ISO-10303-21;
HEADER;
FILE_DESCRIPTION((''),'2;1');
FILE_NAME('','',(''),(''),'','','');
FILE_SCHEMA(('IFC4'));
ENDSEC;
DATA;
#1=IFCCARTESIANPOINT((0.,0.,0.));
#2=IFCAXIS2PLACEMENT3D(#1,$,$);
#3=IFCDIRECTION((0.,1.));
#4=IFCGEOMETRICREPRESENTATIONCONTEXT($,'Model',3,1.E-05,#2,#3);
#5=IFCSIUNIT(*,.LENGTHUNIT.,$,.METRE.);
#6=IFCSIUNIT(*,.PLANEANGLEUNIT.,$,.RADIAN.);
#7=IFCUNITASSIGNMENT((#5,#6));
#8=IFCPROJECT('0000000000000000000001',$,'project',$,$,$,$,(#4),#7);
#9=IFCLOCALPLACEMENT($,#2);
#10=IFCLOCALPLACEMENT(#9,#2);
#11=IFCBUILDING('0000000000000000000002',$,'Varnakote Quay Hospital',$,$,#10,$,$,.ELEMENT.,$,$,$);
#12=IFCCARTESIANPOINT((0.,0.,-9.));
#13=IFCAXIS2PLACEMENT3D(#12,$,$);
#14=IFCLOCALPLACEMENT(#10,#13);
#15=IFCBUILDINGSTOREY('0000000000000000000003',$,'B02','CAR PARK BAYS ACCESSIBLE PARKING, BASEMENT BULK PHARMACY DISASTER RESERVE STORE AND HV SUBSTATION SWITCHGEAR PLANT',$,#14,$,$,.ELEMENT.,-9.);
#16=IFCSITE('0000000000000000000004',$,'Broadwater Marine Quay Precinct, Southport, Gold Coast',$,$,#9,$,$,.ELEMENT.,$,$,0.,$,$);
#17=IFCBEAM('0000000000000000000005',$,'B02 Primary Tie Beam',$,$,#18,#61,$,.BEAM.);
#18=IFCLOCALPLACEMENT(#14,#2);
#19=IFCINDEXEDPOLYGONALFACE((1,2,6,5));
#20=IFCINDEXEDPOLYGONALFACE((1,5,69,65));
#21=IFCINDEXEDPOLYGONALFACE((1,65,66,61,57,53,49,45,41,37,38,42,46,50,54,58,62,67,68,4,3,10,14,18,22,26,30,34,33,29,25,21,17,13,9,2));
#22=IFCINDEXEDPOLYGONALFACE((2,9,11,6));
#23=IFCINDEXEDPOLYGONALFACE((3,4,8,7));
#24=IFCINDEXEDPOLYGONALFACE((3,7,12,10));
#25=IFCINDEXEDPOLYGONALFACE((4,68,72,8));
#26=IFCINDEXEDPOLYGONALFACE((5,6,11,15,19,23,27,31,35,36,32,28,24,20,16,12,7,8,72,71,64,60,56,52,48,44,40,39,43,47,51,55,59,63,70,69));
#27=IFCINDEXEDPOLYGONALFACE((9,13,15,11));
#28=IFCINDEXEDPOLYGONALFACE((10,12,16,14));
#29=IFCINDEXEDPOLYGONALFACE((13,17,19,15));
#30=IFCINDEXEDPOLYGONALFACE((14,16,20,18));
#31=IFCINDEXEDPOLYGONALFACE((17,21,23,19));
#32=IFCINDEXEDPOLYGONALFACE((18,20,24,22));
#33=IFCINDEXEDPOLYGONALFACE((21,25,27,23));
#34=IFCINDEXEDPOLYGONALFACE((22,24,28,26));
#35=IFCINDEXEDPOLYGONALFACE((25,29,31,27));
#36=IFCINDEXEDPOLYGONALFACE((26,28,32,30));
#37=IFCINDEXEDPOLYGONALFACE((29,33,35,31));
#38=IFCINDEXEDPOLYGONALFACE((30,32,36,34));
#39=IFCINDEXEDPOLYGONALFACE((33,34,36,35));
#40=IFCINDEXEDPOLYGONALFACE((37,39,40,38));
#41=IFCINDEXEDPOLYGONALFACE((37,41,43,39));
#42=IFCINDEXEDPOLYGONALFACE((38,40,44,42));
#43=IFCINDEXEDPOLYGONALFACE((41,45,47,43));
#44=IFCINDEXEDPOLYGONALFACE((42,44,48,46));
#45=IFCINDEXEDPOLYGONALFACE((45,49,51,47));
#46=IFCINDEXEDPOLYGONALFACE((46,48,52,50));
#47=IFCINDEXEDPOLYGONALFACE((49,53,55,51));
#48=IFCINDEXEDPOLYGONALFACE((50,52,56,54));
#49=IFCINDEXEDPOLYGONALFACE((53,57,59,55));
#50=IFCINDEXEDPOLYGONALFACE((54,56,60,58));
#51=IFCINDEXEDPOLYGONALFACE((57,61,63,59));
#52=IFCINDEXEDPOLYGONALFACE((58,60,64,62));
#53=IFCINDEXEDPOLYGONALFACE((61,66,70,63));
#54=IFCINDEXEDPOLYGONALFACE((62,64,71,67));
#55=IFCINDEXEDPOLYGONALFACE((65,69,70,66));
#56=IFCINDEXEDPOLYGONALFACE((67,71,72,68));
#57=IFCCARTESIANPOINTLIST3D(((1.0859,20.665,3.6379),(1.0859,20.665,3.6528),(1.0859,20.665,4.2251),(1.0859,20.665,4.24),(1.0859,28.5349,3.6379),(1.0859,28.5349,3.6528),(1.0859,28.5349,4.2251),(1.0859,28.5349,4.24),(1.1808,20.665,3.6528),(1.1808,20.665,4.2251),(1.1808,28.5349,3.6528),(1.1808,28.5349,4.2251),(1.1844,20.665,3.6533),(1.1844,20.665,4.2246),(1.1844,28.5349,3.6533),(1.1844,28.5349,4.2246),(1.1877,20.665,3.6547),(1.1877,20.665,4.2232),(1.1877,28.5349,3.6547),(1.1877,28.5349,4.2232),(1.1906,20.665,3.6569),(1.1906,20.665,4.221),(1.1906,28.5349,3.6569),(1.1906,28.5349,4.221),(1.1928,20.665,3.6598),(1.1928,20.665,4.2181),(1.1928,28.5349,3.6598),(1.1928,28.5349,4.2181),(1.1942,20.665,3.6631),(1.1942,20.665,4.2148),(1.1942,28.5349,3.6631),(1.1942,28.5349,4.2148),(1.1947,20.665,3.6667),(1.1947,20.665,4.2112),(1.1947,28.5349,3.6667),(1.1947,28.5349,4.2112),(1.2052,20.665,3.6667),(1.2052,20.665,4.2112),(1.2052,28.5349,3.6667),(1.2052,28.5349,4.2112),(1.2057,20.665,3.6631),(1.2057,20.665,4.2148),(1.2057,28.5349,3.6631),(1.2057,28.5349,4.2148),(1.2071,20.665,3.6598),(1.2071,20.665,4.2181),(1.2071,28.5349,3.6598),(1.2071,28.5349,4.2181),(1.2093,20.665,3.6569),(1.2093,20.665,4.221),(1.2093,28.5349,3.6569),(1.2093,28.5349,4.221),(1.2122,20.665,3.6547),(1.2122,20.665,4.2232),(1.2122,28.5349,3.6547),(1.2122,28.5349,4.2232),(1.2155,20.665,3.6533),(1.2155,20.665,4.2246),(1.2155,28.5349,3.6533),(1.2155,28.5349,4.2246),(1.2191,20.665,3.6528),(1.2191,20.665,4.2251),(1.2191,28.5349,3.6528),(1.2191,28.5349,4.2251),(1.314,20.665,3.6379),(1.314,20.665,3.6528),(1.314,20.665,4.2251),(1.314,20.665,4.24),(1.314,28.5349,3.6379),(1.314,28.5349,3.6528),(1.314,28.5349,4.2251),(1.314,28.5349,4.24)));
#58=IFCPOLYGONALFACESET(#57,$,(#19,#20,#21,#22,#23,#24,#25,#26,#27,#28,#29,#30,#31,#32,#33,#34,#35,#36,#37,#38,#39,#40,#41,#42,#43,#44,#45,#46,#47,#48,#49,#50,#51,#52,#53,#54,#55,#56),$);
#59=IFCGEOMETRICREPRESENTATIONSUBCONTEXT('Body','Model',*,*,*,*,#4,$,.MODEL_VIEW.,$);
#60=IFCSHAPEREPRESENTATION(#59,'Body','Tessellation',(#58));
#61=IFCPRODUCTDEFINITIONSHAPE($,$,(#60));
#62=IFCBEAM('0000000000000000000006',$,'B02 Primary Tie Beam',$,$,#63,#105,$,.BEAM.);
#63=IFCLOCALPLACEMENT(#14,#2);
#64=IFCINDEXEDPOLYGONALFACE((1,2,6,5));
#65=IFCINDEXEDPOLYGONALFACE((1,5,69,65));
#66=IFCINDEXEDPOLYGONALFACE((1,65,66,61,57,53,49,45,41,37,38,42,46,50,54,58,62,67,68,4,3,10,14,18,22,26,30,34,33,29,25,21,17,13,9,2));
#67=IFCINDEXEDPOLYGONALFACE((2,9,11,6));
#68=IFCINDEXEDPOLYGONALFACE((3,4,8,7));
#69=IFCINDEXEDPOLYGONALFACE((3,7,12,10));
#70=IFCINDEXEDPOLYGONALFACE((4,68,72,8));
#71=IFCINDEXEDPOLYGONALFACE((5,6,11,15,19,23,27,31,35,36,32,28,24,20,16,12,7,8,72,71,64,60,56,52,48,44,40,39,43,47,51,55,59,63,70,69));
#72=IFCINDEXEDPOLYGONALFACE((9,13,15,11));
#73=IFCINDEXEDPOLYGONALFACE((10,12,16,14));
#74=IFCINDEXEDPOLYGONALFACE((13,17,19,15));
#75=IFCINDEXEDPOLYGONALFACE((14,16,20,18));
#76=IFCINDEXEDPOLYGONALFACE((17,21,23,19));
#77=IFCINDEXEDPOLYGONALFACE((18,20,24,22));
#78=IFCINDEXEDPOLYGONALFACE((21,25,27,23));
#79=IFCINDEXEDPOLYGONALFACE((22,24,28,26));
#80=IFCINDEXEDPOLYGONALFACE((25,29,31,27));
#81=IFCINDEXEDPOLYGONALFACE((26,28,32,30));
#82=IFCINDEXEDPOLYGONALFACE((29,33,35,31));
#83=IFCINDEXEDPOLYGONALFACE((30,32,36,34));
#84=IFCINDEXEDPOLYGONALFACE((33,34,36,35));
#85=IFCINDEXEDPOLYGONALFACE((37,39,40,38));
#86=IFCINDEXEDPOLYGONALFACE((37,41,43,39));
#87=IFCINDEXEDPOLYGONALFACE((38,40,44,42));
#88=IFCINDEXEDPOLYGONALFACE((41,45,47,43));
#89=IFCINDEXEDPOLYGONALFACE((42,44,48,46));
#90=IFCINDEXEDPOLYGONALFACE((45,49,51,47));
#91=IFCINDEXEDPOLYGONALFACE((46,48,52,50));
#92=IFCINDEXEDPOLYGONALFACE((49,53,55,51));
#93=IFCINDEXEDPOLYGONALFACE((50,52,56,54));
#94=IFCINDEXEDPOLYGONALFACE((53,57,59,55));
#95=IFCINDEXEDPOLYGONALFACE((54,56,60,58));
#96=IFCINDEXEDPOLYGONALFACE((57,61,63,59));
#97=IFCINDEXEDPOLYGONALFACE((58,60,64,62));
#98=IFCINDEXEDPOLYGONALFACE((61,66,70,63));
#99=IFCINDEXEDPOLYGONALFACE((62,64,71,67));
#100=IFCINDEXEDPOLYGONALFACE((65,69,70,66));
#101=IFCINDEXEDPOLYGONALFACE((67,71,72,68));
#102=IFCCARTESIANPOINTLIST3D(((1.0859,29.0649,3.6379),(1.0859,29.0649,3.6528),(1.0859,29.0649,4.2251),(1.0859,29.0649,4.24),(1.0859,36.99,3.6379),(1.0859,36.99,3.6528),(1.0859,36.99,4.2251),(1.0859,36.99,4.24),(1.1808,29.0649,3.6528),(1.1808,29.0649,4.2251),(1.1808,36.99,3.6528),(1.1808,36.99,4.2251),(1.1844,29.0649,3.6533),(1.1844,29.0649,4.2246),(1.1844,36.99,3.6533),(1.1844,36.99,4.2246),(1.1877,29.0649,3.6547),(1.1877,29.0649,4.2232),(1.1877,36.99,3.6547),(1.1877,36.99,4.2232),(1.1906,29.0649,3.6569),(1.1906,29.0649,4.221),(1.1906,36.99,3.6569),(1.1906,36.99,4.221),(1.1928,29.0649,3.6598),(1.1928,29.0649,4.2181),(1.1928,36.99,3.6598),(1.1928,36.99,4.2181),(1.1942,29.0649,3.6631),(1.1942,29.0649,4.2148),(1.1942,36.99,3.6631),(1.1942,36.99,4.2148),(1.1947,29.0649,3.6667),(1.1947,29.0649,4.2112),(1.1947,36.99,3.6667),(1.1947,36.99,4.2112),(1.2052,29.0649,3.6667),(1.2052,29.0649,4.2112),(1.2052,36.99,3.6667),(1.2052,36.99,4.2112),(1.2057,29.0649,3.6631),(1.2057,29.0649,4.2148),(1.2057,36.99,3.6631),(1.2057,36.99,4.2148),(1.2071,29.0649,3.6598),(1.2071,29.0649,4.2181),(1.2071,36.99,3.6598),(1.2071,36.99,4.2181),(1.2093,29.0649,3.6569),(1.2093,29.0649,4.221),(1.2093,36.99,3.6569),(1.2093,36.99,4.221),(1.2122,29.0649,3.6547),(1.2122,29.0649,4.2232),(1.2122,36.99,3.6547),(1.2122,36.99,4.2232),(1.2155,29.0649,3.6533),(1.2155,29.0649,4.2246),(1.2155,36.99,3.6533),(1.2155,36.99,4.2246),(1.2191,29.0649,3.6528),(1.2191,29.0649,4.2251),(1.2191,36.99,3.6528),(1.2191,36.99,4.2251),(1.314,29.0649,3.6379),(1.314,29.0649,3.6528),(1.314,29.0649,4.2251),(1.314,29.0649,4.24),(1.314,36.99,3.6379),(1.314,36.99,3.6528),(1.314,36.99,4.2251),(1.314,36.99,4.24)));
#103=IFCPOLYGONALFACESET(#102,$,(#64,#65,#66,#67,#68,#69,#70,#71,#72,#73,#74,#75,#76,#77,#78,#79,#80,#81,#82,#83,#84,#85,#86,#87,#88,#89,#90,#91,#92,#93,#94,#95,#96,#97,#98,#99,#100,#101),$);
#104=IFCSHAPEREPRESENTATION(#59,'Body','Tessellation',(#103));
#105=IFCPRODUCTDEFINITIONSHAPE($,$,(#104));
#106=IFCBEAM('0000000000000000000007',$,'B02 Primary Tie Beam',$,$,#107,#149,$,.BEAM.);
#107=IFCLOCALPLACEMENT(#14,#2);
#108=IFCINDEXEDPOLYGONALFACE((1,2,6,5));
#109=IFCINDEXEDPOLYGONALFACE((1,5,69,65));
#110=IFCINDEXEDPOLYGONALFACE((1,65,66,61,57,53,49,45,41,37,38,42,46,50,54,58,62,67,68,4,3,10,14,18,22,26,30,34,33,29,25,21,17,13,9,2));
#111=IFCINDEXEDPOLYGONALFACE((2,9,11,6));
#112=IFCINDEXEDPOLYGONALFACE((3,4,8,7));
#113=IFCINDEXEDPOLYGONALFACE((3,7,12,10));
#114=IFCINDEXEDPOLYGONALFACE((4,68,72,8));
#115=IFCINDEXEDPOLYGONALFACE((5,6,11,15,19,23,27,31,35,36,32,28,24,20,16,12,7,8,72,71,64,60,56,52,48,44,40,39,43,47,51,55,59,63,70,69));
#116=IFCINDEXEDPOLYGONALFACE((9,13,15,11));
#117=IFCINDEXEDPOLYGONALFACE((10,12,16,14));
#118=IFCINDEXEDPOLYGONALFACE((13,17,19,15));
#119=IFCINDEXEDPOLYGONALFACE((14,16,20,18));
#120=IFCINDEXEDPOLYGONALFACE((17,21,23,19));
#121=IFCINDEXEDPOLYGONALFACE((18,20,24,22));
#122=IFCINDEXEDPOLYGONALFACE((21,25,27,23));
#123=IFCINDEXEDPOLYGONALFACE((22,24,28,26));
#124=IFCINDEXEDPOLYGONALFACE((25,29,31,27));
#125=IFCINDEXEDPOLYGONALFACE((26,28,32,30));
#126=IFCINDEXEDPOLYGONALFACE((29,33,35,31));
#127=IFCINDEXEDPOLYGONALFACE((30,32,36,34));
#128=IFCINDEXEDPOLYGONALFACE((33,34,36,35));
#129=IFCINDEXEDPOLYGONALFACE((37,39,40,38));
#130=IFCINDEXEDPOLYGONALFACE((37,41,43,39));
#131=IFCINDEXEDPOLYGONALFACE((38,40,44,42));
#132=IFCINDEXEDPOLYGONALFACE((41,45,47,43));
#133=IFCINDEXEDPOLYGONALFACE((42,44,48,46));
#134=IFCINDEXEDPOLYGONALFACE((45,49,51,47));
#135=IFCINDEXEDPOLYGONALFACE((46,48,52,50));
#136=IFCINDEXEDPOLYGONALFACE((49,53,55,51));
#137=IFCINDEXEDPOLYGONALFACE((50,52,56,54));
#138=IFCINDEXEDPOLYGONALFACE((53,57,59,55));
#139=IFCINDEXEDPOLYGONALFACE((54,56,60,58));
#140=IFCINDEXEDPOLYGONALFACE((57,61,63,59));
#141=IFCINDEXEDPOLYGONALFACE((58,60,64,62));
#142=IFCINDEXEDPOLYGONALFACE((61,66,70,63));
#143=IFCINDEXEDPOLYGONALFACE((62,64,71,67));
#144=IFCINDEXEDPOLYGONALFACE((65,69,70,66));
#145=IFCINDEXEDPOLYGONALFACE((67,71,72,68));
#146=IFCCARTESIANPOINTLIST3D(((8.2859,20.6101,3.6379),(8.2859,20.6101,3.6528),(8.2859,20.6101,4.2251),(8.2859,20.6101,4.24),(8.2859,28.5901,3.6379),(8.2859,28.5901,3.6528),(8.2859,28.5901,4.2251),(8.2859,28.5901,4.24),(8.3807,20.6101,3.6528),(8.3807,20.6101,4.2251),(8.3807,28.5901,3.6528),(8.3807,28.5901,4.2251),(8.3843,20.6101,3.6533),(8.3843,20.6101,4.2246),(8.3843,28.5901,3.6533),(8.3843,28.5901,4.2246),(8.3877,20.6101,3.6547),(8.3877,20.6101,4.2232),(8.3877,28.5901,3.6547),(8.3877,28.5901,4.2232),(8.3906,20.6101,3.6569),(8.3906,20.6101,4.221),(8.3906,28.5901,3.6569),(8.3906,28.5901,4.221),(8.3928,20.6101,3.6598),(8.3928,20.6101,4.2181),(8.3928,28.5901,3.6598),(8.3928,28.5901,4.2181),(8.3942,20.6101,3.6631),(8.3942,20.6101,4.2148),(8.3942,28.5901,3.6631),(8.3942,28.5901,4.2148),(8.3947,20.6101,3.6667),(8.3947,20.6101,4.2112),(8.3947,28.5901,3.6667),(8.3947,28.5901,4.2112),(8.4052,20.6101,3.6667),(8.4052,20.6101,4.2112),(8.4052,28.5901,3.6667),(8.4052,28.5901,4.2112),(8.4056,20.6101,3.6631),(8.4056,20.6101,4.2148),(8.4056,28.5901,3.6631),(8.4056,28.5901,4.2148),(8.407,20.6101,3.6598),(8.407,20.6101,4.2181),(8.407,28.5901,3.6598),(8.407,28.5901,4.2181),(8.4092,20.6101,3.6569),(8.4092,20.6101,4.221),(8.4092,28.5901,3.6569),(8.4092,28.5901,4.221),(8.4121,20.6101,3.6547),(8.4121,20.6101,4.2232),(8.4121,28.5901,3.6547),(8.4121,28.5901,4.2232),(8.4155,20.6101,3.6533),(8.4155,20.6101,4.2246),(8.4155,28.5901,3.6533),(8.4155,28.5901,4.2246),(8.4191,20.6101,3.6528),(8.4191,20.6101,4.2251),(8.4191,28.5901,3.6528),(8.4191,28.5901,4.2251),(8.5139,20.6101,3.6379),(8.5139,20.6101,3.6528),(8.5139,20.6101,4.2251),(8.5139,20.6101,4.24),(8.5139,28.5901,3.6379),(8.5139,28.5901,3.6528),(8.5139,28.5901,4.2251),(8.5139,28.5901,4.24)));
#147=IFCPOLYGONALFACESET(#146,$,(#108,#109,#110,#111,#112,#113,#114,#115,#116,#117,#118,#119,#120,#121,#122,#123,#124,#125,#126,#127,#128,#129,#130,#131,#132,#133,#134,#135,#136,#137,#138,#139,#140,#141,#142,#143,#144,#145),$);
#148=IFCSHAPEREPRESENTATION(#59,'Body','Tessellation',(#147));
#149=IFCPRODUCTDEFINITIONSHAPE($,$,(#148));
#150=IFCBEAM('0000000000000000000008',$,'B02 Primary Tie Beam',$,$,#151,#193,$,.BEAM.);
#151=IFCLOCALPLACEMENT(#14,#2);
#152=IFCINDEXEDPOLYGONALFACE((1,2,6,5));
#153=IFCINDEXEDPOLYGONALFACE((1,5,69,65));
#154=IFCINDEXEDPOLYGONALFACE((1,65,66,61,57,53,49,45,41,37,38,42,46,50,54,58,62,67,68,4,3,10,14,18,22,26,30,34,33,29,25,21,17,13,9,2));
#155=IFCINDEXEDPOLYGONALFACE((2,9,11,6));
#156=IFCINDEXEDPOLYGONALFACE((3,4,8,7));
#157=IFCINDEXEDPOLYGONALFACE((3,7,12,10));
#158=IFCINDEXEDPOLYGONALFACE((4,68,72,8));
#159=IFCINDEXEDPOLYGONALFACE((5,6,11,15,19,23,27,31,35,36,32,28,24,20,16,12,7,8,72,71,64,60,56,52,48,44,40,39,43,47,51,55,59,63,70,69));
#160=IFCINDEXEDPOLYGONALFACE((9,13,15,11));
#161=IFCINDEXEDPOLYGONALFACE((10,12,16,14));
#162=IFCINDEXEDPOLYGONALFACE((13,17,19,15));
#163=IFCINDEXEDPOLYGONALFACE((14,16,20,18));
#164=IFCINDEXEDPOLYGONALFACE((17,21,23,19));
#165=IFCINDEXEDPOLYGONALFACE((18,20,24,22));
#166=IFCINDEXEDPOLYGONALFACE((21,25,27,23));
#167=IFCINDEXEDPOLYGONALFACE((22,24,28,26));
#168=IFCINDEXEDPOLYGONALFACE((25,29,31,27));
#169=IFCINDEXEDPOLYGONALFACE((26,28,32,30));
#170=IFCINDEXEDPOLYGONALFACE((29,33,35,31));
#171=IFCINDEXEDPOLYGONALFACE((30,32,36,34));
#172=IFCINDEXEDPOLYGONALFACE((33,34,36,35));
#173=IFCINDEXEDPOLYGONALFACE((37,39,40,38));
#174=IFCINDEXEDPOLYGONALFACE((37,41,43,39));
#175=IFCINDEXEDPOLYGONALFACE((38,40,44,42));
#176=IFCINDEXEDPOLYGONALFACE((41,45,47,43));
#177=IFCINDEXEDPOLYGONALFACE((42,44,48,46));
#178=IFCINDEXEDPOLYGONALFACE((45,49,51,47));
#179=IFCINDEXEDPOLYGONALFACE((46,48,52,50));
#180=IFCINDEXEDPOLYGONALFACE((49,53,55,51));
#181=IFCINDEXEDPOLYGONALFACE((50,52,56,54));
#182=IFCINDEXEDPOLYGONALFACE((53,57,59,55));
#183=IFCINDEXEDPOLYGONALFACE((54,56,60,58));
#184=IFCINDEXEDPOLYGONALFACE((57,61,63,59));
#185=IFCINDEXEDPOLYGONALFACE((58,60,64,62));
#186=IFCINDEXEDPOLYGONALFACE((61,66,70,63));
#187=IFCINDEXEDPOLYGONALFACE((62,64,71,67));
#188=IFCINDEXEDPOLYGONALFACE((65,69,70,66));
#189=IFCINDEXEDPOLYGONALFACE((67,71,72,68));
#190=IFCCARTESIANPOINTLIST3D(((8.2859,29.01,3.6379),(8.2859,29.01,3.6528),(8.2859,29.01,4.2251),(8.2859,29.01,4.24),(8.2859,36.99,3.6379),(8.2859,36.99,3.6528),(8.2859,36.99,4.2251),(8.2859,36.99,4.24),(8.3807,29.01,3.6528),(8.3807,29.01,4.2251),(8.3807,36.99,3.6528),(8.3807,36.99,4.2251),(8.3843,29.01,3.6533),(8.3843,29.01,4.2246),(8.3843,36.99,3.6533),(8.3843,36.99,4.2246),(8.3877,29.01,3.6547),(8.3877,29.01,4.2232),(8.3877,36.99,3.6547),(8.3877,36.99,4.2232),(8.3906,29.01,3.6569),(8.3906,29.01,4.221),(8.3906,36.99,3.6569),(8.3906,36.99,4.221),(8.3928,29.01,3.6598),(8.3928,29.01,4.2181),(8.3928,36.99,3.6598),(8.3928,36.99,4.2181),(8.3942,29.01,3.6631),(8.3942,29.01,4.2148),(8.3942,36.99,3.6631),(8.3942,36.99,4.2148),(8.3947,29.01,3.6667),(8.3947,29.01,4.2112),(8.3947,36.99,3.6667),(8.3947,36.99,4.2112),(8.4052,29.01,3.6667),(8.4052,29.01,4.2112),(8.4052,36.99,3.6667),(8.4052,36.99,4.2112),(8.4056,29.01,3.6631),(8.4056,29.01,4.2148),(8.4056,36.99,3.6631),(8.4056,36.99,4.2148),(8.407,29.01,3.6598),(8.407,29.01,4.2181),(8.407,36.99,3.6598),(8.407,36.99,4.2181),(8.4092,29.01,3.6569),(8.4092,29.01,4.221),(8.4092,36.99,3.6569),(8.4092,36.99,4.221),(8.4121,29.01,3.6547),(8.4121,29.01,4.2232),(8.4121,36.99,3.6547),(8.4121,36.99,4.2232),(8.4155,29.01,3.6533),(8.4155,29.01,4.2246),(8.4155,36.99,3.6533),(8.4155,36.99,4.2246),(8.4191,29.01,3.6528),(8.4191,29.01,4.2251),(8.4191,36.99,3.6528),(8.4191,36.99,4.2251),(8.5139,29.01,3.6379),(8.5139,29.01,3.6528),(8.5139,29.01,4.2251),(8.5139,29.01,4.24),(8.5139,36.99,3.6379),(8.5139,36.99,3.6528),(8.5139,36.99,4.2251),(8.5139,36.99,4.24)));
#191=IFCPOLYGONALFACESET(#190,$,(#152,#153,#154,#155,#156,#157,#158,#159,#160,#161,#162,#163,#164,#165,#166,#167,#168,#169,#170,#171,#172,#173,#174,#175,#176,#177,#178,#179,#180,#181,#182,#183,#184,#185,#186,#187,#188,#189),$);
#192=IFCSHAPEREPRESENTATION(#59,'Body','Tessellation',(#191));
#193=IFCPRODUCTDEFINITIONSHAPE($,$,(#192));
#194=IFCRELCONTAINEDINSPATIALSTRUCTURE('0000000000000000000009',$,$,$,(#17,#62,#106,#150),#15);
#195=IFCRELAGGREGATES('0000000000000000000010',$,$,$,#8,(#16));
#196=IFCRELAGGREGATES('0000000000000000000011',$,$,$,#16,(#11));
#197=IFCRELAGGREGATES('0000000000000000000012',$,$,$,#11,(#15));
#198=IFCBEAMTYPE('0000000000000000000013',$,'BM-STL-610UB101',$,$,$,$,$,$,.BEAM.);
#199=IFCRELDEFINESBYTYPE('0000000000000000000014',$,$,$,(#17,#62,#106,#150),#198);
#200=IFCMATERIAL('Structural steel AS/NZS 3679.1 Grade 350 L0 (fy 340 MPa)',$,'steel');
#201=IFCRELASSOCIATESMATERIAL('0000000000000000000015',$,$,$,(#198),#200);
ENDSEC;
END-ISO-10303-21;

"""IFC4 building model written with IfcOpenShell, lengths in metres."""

from ifc_helpers import new_model, si_unit, direction, frame, origin, origin_2d, place, context, subcontext, project, spatial, i_section, extrude, material, material_profile, profile_set, type_object, element, save


model = new_model("IFC4")

# Units and contexts
model_context = context("Model", 3, precision=1e-05, world=origin(), true_north=direction((0.0, 1.0)))
body_context = subcontext(model_context, "Body", "Model", "MODEL_VIEW")
ifc_project = project(units=[si_unit("LENGTHUNIT", "METRE"), si_unit("PLANEANGLEUNIT", "RADIAN")], contexts=[model_context])

# Site, building, storey
site_placement = place(None, origin())
site = spatial("IfcSite", under=ifc_project, at=site_placement, Name="Broadwater Marine Quay Precinct, Southport, Gold Coast", CompositionType="ELEMENT", RefElevation=0.0)
building_placement = place(site_placement, origin())
building = spatial("IfcBuilding", under=site, at=building_placement, Name="Varnakote Quay Hospital", CompositionType="ELEMENT")
storey_placement = place(building_placement, frame((0.0, 0.0, -9.0)))
storey = spatial("IfcBuildingStorey", under=building, at=storey_placement, Name="B02", Description="CAR PARK BAYS ACCESSIBLE PARKING, BASEMENT BULK PHARMACY DISASTER RESERVE STORE AND HV SUBSTATION SWITCHGEAR PLANT", CompositionType="ELEMENT", Elevation=-9.0)

# Beams
ifc_material_1 = material(Name="Structural steel AS/NZS 3679.1 Grade 350 L0 (fy 340 MPa)", Category="steel")
ifc_material_profile_1 = material_profile(ifc_material_1, i_section(OverallWidth=0.228, OverallDepth=0.6021, WebThickness=0.0105, FlangeThickness=0.0149, FilletRadius=0.0139, at=origin_2d()), Name="610UB101")
ifc_profile_set_1 = profile_set([ifc_material_profile_1], Name="Structural steel AS/NZS 3679.1 Grade 350 L0 (fy 340 MPa)")
beam_type_1 = type_object("IfcBeamType", Name="BM-STL-610UB101", PredefinedType="BEAM", material=ifc_profile_set_1)
beam_1_placement = place(storey_placement, frame((1.2, 20.665, 3.939), z_axis=(0.0, 1.0, 0.0), x_axis=(-1.0, 0.0, 0.0)))
element("IfcBeam", 1, at=beam_1_placement, inside=storey, type_object=beam_type_1, Name="B02 Primary Tie Beam", PredefinedType="BEAM", context=body_context, shape_type="SweptSolid", body=[
    extrude(i_section(OverallWidth=0.228, OverallDepth=0.6021, WebThickness=0.0105, FlangeThickness=0.0149, FilletRadius=0.0139, at=origin_2d()), origin(), (0.0, 0.0, 1.0), 7.8699),
])
beam_2_placement = place(storey_placement, frame((1.2, 29.0649, 3.939), z_axis=(0.0, 1.0, 0.0), x_axis=(-1.0, 0.0, 0.0)))
element("IfcBeam", 2, at=beam_2_placement, inside=storey, type_object=beam_type_1, Name="B02 Primary Tie Beam", PredefinedType="BEAM", context=body_context, shape_type="SweptSolid", body=[
    extrude(i_section(OverallWidth=0.228, OverallDepth=0.6021, WebThickness=0.0105, FlangeThickness=0.0149, FilletRadius=0.0139, at=origin_2d()), origin(), (0.0, 0.0, 1.0), 7.925),
])
for number, where, z_axis, x_axis, name in (
    (3, (8.3999, 20.6101, 3.939), (0.0, 1.0, 0.0), (-1.0, 0.0, 0.0), "B02 Primary Tie Beam"),
    (4, (8.3999, 29.01, 3.939), (0.0, 1.0, 0.0), (-1.0, 0.0, 0.0), "B02 Primary Tie Beam"),
):
    element("IfcBeam", number, at=place(storey_placement, frame(where, z_axis=z_axis, x_axis=x_axis)), inside=storey, type_object=beam_type_1, Name=name, PredefinedType="BEAM", context=body_context, shape_type="SweptSolid", body=[
        extrude(i_section(OverallWidth=0.228, OverallDepth=0.6021, WebThickness=0.0105, FlangeThickness=0.0149, FilletRadius=0.0139, at=origin_2d()), origin(), (0.0, 0.0, 1.0), 7.98),
    ])

save(model, "model.ifc")
